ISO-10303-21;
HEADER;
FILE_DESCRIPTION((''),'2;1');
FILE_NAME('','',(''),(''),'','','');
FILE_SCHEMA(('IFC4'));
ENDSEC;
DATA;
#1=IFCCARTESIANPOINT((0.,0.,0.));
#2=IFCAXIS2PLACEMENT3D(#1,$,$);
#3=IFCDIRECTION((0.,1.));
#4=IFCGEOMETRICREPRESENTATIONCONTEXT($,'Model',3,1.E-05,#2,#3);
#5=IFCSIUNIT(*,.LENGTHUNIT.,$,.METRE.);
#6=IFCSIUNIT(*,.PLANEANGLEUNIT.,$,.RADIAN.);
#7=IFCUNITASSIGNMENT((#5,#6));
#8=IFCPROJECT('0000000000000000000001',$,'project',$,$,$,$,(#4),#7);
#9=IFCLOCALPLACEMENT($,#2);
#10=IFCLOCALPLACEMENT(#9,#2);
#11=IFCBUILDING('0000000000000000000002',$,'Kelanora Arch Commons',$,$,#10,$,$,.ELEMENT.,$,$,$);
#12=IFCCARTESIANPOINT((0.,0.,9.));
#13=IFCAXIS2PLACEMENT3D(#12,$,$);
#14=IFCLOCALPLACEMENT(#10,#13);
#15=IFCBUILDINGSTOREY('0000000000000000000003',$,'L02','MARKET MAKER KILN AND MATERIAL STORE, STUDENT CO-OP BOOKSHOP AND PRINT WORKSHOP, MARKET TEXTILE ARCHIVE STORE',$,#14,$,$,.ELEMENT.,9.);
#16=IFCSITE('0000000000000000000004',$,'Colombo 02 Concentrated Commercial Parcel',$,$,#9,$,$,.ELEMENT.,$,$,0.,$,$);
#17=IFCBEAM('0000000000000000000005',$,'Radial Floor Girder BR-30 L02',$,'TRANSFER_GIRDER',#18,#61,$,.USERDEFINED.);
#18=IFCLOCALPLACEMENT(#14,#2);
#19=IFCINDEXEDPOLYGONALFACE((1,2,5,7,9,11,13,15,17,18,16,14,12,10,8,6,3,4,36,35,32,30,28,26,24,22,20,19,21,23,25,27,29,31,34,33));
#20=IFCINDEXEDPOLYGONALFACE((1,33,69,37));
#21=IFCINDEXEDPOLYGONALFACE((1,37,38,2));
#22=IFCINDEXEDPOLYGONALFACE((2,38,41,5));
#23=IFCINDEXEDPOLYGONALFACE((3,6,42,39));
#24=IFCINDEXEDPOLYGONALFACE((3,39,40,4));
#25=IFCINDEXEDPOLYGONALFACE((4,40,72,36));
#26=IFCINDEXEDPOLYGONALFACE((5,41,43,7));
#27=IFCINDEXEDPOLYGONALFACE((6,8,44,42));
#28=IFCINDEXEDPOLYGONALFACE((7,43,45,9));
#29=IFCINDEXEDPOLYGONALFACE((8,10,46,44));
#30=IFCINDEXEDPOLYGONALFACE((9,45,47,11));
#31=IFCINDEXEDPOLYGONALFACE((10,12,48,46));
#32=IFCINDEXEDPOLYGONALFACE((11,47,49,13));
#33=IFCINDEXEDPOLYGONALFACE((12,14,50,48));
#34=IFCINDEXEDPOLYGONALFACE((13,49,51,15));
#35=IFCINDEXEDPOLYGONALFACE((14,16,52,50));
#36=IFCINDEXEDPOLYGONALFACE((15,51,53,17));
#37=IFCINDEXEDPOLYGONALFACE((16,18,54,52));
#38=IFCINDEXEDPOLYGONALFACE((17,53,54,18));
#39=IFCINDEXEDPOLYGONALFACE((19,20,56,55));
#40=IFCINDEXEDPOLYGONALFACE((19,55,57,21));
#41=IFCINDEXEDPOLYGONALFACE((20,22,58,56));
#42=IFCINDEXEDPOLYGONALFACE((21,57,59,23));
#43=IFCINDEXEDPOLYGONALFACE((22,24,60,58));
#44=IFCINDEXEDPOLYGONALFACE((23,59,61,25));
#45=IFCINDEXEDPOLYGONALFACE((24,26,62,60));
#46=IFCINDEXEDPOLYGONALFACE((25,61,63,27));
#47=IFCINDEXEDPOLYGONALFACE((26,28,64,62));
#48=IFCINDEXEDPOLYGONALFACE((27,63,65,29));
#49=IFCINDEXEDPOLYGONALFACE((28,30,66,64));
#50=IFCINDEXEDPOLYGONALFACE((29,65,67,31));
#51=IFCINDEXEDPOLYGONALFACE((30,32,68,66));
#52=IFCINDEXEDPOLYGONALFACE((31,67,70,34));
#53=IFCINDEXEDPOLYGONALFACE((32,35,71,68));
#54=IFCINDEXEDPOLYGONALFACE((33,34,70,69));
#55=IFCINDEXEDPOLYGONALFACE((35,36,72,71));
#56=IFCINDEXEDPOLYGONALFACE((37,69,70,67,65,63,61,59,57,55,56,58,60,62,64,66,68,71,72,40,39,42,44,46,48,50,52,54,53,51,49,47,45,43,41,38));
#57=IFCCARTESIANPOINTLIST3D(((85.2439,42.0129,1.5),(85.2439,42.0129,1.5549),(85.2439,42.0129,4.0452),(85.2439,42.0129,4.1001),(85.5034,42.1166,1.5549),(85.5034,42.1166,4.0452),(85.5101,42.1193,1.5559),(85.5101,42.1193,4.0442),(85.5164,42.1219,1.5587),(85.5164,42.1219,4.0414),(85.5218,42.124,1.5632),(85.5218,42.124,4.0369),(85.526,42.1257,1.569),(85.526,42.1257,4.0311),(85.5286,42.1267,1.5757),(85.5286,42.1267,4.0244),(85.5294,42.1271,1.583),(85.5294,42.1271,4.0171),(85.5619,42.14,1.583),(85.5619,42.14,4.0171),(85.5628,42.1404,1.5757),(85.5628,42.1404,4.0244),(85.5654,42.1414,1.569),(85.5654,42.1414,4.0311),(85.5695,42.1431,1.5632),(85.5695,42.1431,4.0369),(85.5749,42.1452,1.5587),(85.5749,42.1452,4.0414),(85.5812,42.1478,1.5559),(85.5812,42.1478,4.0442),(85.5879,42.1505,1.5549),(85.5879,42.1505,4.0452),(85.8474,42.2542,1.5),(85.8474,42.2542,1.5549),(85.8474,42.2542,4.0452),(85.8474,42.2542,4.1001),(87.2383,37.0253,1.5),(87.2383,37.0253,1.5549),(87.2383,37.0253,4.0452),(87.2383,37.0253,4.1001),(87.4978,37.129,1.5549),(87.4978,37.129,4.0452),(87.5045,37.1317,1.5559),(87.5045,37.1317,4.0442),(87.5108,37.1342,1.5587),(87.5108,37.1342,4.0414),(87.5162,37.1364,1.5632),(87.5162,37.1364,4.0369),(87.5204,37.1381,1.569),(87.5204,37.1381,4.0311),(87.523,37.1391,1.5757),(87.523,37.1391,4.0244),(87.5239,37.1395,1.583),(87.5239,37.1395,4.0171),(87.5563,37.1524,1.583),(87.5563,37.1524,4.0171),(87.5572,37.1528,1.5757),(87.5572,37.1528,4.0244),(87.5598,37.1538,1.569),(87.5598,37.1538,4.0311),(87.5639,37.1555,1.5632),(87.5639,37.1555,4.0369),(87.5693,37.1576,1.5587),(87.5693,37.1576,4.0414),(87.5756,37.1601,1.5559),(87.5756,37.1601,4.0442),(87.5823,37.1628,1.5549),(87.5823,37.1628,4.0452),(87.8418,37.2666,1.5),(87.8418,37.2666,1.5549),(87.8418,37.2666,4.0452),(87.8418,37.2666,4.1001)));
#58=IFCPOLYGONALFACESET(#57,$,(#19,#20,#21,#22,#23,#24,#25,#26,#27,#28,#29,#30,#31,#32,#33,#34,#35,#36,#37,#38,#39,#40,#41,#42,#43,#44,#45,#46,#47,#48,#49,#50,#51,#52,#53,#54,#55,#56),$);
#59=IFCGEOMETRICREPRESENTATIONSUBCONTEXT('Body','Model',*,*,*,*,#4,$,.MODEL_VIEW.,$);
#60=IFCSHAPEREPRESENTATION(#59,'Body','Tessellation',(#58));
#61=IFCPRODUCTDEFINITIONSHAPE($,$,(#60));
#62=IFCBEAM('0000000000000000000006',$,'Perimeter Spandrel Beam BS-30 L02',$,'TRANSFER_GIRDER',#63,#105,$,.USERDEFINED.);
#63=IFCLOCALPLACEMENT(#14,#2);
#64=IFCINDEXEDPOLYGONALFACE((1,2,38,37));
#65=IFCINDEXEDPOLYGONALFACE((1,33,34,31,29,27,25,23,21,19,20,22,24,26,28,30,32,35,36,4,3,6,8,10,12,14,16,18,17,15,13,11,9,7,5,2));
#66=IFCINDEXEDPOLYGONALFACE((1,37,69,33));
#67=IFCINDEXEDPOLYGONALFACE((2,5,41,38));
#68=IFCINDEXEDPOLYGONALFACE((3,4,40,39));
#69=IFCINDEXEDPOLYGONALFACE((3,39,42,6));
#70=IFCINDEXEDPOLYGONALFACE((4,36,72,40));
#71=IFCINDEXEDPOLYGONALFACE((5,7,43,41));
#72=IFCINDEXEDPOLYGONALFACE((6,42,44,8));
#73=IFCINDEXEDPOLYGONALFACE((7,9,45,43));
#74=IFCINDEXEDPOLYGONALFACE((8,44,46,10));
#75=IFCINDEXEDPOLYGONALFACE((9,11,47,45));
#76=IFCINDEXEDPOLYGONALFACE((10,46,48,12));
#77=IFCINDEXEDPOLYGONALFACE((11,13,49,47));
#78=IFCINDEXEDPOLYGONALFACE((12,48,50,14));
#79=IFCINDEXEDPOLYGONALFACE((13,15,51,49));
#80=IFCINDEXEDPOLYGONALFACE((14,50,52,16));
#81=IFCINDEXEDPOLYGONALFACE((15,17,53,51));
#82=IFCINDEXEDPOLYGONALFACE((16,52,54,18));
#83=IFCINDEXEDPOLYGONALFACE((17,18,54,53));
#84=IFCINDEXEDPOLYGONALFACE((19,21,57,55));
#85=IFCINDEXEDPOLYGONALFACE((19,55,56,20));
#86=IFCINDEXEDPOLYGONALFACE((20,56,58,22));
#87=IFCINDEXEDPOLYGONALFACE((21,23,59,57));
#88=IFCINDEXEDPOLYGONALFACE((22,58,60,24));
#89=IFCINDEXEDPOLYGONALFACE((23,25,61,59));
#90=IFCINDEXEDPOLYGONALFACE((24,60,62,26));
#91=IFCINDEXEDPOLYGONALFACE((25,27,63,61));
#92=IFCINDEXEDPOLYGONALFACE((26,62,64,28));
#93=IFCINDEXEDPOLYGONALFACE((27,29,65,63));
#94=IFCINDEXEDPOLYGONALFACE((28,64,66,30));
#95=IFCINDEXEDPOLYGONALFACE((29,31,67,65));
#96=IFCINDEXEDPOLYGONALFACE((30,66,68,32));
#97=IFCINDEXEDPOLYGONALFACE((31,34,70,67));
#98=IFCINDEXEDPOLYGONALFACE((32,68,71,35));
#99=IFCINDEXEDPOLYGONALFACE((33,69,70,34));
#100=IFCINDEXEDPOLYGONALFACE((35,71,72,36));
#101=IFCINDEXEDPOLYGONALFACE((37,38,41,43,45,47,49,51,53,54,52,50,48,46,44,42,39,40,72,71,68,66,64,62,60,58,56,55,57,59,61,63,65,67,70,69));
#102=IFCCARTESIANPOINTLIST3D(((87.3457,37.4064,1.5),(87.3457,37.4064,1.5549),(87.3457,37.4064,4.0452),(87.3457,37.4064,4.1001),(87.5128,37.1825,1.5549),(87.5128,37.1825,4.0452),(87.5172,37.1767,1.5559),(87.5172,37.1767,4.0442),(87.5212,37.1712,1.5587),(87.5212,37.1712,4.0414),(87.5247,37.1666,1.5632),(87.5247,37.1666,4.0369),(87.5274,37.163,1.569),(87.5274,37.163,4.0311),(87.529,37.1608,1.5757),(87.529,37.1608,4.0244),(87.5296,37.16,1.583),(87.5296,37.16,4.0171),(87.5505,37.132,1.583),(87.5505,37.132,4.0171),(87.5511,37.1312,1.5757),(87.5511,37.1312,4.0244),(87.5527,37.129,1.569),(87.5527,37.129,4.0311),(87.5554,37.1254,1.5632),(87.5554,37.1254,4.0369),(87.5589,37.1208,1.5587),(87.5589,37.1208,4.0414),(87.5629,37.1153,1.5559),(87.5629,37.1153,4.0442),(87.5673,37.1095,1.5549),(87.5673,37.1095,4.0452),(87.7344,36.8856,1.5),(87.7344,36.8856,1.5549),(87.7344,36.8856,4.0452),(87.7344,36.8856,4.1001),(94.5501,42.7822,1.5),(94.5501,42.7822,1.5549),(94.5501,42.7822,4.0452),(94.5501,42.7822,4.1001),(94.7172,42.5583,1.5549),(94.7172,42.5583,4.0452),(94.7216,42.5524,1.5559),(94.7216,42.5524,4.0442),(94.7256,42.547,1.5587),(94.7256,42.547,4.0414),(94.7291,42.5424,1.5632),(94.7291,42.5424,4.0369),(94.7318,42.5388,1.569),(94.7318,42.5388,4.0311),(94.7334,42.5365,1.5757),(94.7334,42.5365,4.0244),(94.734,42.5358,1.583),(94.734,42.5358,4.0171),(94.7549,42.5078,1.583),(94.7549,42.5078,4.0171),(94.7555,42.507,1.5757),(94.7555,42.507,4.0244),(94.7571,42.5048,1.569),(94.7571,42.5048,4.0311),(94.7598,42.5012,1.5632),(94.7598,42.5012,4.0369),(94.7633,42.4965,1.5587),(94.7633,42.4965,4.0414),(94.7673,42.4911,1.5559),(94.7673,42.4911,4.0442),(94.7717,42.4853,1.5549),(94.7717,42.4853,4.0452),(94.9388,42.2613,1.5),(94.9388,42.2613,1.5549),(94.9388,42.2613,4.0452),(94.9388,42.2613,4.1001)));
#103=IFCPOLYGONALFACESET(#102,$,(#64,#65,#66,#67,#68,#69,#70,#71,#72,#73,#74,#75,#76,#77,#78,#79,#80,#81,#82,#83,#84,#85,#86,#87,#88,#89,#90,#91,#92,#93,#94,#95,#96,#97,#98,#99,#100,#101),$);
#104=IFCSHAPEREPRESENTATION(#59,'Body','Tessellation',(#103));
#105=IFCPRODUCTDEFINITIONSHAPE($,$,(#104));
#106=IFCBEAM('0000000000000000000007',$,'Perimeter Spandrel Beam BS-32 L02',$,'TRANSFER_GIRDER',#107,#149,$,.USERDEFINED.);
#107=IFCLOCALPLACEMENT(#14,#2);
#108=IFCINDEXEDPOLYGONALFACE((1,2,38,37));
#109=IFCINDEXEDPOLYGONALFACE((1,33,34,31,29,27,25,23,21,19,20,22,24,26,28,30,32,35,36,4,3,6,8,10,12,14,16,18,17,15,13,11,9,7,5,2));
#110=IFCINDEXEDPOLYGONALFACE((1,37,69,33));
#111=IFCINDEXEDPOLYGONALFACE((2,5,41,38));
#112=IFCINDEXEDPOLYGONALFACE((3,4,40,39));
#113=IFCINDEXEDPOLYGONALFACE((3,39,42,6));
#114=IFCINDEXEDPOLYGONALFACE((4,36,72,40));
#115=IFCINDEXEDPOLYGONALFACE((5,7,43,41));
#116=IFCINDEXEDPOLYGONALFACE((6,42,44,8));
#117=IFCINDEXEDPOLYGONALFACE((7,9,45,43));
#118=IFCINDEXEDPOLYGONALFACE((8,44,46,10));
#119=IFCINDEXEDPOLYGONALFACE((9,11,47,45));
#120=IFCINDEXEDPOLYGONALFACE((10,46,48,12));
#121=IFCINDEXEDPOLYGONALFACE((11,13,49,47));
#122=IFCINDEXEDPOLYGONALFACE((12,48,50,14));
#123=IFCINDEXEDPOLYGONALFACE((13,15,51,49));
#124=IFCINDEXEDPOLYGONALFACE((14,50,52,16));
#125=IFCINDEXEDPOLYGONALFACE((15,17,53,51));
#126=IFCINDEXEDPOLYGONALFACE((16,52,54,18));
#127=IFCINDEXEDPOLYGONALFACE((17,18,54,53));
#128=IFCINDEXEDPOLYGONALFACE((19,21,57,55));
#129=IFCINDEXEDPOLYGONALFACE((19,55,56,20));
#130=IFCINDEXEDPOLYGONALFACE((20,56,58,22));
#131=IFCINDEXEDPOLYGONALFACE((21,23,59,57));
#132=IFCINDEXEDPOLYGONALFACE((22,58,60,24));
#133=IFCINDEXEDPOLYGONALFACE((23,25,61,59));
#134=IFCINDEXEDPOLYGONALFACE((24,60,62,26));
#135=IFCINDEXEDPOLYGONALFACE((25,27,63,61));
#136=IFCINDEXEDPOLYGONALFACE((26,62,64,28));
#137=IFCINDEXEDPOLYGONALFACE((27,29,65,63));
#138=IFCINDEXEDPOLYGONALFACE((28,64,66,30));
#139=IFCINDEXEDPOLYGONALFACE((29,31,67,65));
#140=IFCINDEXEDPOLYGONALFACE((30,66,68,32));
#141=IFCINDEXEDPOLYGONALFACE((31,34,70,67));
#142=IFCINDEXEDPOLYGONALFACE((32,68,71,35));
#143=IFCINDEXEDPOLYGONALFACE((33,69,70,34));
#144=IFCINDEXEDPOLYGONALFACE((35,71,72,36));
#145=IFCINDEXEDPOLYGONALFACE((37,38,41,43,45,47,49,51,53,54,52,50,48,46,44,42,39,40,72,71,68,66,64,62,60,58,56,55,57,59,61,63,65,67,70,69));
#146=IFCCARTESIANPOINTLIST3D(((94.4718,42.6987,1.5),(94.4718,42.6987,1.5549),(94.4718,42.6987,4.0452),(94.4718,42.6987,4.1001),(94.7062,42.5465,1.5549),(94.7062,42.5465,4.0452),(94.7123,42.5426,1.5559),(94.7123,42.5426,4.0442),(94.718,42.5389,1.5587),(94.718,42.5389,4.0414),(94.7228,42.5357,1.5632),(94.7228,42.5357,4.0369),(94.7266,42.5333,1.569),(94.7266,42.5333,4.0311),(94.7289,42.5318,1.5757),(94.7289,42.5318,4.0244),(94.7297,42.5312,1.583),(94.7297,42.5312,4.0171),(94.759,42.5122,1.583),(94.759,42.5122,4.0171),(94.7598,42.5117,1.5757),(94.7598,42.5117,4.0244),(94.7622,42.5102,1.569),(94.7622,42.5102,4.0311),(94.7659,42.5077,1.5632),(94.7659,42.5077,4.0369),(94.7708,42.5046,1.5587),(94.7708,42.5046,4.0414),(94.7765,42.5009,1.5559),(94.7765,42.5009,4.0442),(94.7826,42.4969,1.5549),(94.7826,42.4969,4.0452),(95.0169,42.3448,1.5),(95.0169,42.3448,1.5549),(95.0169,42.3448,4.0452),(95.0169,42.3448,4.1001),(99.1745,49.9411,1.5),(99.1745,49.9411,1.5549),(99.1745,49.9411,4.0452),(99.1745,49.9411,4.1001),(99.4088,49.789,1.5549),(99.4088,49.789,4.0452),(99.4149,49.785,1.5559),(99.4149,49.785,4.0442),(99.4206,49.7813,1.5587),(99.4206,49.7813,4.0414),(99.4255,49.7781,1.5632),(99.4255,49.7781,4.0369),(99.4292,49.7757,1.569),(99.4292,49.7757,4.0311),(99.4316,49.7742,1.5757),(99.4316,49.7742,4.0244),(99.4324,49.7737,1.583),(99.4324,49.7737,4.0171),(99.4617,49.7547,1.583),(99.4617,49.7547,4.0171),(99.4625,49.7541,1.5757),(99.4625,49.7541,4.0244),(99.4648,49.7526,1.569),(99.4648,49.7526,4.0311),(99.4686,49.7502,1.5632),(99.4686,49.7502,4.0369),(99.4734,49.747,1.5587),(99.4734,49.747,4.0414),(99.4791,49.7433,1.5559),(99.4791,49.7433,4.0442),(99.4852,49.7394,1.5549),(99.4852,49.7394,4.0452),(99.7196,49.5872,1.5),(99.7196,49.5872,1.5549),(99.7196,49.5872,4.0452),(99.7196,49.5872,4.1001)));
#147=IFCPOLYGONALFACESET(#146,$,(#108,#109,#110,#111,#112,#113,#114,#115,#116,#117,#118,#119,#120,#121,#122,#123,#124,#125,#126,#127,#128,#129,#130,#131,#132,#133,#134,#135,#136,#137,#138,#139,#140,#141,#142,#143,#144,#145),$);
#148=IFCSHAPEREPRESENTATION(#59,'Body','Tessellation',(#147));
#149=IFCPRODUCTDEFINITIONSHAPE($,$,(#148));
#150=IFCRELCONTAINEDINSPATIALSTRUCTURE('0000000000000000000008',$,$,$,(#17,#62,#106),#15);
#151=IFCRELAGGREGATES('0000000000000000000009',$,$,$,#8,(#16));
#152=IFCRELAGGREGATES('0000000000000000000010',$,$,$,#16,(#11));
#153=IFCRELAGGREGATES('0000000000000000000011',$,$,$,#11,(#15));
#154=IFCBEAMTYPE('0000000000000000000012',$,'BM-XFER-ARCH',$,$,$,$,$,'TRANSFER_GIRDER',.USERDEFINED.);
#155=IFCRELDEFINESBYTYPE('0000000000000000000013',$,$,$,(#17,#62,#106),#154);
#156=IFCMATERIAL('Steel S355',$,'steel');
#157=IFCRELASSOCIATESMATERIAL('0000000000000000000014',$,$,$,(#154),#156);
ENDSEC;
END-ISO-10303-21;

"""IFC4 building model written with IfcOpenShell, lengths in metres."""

from ifc_helpers import new_model, si_unit, direction, frame, origin, origin_2d, place, context, subcontext, project, spatial, i_section, extrude, material, material_profile, profile_set, type_object, element, save


model = new_model("IFC4")

# Units and contexts
model_context = context("Model", 3, precision=1e-05, world=origin(), true_north=direction((0.0, 1.0)))
body_context = subcontext(model_context, "Body", "Model", "MODEL_VIEW")
ifc_project = project(units=[si_unit("LENGTHUNIT", "METRE"), si_unit("PLANEANGLEUNIT", "RADIAN")], contexts=[model_context])

# Site, building, storey
site_placement = place(None, origin())
site = spatial("IfcSite", under=ifc_project, at=site_placement, Name="Colombo 02 Concentrated Commercial Parcel", CompositionType="ELEMENT", RefElevation=0.0)
building_placement = place(site_placement, origin())
building = spatial("IfcBuilding", under=site, at=building_placement, Name="Kelanora Arch Commons", CompositionType="ELEMENT")
storey_placement = place(building_placement, frame((0.0, 0.0, 9.0)))
storey = spatial("IfcBuildingStorey", under=building, at=storey_placement, Name="L02", Description="MARKET MAKER KILN AND MATERIAL STORE, STUDENT CO-OP BOOKSHOP AND PRINT WORKSHOP, MARKET TEXTILE ARCHIVE STORE", CompositionType="ELEMENT", Elevation=9.0)

# Shared definitions
ifc_material_1 = material(Name="Steel S355", Category="steel")

# Beams
ifc_material_profile_1 = material_profile(ifc_material_1, i_section(OverallWidth=0.6499, OverallDepth=2.6001, WebThickness=0.0349, FlangeThickness=0.0549, FilletRadius=0.0281, at=origin_2d()), Name="PG2600x650")
ifc_profile_set_1 = profile_set([ifc_material_profile_1], Name="Steel S355")
beam_type_1 = type_object("IfcBeamType", Name="BM-XFER-ARCH", ElementType="TRANSFER_GIRDER", PredefinedType="USERDEFINED", material=ifc_profile_set_1)
beam_1_placement = place(storey_placement, frame((85.5457, 42.1335, 2.8), z_axis=(0.371289, -0.928517, 0.0), x_axis=(0.928517, 0.371289, 0.0)))
element("IfcBeam", 1, at=beam_1_placement, inside=storey, type_object=beam_type_1, Name="Radial Floor Girder BR-30 L02", ObjectType="TRANSFER_GIRDER", PredefinedType="USERDEFINED", context=body_context, shape_type="SweptSolid", body=[
    extrude(i_section(OverallWidth=0.6499, OverallDepth=2.6001, WebThickness=0.0349, FlangeThickness=0.0549, FilletRadius=0.0281, at=origin_2d()), origin(), (0.0, 0.0, 1.0), 5.3716),
])
beam_2_placement = place(storey_placement, frame((87.54, 37.146, 2.8), z_axis=(0.801468, 0.598038, 0.0), x_axis=(-0.598038, 0.801468, 0.0)))
element("IfcBeam", 2, at=beam_2_placement, inside=storey, type_object=beam_type_1, Name="Perimeter Spandrel Beam BS-30 L02", ObjectType="TRANSFER_GIRDER", PredefinedType="USERDEFINED", context=body_context, shape_type="SweptSolid", body=[
    extrude(i_section(OverallWidth=0.6499, OverallDepth=2.6001, WebThickness=0.0349, FlangeThickness=0.0549, FilletRadius=0.0281, at=origin_2d()), origin(), (0.0, 0.0, 1.0), 8.989),
])
beam_3_placement = place(storey_placement, frame((94.7444, 42.5217, 2.8), z_axis=(0.544586, 0.838705, 0.0), x_axis=(-0.838705, 0.544586, 0.0)))
element("IfcBeam", 3, at=beam_3_placement, inside=storey, type_object=beam_type_1, Name="Perimeter Spandrel Beam BS-32 L02", ObjectType="TRANSFER_GIRDER", PredefinedType="USERDEFINED", context=body_context, shape_type="SweptSolid", body=[
    extrude(i_section(OverallWidth=0.6499, OverallDepth=2.6001, WebThickness=0.0349, FlangeThickness=0.0549, FilletRadius=0.0281, at=origin_2d()), origin(), (0.0, 0.0, 1.0), 8.6353),
])

save(model, "model.ifc")
